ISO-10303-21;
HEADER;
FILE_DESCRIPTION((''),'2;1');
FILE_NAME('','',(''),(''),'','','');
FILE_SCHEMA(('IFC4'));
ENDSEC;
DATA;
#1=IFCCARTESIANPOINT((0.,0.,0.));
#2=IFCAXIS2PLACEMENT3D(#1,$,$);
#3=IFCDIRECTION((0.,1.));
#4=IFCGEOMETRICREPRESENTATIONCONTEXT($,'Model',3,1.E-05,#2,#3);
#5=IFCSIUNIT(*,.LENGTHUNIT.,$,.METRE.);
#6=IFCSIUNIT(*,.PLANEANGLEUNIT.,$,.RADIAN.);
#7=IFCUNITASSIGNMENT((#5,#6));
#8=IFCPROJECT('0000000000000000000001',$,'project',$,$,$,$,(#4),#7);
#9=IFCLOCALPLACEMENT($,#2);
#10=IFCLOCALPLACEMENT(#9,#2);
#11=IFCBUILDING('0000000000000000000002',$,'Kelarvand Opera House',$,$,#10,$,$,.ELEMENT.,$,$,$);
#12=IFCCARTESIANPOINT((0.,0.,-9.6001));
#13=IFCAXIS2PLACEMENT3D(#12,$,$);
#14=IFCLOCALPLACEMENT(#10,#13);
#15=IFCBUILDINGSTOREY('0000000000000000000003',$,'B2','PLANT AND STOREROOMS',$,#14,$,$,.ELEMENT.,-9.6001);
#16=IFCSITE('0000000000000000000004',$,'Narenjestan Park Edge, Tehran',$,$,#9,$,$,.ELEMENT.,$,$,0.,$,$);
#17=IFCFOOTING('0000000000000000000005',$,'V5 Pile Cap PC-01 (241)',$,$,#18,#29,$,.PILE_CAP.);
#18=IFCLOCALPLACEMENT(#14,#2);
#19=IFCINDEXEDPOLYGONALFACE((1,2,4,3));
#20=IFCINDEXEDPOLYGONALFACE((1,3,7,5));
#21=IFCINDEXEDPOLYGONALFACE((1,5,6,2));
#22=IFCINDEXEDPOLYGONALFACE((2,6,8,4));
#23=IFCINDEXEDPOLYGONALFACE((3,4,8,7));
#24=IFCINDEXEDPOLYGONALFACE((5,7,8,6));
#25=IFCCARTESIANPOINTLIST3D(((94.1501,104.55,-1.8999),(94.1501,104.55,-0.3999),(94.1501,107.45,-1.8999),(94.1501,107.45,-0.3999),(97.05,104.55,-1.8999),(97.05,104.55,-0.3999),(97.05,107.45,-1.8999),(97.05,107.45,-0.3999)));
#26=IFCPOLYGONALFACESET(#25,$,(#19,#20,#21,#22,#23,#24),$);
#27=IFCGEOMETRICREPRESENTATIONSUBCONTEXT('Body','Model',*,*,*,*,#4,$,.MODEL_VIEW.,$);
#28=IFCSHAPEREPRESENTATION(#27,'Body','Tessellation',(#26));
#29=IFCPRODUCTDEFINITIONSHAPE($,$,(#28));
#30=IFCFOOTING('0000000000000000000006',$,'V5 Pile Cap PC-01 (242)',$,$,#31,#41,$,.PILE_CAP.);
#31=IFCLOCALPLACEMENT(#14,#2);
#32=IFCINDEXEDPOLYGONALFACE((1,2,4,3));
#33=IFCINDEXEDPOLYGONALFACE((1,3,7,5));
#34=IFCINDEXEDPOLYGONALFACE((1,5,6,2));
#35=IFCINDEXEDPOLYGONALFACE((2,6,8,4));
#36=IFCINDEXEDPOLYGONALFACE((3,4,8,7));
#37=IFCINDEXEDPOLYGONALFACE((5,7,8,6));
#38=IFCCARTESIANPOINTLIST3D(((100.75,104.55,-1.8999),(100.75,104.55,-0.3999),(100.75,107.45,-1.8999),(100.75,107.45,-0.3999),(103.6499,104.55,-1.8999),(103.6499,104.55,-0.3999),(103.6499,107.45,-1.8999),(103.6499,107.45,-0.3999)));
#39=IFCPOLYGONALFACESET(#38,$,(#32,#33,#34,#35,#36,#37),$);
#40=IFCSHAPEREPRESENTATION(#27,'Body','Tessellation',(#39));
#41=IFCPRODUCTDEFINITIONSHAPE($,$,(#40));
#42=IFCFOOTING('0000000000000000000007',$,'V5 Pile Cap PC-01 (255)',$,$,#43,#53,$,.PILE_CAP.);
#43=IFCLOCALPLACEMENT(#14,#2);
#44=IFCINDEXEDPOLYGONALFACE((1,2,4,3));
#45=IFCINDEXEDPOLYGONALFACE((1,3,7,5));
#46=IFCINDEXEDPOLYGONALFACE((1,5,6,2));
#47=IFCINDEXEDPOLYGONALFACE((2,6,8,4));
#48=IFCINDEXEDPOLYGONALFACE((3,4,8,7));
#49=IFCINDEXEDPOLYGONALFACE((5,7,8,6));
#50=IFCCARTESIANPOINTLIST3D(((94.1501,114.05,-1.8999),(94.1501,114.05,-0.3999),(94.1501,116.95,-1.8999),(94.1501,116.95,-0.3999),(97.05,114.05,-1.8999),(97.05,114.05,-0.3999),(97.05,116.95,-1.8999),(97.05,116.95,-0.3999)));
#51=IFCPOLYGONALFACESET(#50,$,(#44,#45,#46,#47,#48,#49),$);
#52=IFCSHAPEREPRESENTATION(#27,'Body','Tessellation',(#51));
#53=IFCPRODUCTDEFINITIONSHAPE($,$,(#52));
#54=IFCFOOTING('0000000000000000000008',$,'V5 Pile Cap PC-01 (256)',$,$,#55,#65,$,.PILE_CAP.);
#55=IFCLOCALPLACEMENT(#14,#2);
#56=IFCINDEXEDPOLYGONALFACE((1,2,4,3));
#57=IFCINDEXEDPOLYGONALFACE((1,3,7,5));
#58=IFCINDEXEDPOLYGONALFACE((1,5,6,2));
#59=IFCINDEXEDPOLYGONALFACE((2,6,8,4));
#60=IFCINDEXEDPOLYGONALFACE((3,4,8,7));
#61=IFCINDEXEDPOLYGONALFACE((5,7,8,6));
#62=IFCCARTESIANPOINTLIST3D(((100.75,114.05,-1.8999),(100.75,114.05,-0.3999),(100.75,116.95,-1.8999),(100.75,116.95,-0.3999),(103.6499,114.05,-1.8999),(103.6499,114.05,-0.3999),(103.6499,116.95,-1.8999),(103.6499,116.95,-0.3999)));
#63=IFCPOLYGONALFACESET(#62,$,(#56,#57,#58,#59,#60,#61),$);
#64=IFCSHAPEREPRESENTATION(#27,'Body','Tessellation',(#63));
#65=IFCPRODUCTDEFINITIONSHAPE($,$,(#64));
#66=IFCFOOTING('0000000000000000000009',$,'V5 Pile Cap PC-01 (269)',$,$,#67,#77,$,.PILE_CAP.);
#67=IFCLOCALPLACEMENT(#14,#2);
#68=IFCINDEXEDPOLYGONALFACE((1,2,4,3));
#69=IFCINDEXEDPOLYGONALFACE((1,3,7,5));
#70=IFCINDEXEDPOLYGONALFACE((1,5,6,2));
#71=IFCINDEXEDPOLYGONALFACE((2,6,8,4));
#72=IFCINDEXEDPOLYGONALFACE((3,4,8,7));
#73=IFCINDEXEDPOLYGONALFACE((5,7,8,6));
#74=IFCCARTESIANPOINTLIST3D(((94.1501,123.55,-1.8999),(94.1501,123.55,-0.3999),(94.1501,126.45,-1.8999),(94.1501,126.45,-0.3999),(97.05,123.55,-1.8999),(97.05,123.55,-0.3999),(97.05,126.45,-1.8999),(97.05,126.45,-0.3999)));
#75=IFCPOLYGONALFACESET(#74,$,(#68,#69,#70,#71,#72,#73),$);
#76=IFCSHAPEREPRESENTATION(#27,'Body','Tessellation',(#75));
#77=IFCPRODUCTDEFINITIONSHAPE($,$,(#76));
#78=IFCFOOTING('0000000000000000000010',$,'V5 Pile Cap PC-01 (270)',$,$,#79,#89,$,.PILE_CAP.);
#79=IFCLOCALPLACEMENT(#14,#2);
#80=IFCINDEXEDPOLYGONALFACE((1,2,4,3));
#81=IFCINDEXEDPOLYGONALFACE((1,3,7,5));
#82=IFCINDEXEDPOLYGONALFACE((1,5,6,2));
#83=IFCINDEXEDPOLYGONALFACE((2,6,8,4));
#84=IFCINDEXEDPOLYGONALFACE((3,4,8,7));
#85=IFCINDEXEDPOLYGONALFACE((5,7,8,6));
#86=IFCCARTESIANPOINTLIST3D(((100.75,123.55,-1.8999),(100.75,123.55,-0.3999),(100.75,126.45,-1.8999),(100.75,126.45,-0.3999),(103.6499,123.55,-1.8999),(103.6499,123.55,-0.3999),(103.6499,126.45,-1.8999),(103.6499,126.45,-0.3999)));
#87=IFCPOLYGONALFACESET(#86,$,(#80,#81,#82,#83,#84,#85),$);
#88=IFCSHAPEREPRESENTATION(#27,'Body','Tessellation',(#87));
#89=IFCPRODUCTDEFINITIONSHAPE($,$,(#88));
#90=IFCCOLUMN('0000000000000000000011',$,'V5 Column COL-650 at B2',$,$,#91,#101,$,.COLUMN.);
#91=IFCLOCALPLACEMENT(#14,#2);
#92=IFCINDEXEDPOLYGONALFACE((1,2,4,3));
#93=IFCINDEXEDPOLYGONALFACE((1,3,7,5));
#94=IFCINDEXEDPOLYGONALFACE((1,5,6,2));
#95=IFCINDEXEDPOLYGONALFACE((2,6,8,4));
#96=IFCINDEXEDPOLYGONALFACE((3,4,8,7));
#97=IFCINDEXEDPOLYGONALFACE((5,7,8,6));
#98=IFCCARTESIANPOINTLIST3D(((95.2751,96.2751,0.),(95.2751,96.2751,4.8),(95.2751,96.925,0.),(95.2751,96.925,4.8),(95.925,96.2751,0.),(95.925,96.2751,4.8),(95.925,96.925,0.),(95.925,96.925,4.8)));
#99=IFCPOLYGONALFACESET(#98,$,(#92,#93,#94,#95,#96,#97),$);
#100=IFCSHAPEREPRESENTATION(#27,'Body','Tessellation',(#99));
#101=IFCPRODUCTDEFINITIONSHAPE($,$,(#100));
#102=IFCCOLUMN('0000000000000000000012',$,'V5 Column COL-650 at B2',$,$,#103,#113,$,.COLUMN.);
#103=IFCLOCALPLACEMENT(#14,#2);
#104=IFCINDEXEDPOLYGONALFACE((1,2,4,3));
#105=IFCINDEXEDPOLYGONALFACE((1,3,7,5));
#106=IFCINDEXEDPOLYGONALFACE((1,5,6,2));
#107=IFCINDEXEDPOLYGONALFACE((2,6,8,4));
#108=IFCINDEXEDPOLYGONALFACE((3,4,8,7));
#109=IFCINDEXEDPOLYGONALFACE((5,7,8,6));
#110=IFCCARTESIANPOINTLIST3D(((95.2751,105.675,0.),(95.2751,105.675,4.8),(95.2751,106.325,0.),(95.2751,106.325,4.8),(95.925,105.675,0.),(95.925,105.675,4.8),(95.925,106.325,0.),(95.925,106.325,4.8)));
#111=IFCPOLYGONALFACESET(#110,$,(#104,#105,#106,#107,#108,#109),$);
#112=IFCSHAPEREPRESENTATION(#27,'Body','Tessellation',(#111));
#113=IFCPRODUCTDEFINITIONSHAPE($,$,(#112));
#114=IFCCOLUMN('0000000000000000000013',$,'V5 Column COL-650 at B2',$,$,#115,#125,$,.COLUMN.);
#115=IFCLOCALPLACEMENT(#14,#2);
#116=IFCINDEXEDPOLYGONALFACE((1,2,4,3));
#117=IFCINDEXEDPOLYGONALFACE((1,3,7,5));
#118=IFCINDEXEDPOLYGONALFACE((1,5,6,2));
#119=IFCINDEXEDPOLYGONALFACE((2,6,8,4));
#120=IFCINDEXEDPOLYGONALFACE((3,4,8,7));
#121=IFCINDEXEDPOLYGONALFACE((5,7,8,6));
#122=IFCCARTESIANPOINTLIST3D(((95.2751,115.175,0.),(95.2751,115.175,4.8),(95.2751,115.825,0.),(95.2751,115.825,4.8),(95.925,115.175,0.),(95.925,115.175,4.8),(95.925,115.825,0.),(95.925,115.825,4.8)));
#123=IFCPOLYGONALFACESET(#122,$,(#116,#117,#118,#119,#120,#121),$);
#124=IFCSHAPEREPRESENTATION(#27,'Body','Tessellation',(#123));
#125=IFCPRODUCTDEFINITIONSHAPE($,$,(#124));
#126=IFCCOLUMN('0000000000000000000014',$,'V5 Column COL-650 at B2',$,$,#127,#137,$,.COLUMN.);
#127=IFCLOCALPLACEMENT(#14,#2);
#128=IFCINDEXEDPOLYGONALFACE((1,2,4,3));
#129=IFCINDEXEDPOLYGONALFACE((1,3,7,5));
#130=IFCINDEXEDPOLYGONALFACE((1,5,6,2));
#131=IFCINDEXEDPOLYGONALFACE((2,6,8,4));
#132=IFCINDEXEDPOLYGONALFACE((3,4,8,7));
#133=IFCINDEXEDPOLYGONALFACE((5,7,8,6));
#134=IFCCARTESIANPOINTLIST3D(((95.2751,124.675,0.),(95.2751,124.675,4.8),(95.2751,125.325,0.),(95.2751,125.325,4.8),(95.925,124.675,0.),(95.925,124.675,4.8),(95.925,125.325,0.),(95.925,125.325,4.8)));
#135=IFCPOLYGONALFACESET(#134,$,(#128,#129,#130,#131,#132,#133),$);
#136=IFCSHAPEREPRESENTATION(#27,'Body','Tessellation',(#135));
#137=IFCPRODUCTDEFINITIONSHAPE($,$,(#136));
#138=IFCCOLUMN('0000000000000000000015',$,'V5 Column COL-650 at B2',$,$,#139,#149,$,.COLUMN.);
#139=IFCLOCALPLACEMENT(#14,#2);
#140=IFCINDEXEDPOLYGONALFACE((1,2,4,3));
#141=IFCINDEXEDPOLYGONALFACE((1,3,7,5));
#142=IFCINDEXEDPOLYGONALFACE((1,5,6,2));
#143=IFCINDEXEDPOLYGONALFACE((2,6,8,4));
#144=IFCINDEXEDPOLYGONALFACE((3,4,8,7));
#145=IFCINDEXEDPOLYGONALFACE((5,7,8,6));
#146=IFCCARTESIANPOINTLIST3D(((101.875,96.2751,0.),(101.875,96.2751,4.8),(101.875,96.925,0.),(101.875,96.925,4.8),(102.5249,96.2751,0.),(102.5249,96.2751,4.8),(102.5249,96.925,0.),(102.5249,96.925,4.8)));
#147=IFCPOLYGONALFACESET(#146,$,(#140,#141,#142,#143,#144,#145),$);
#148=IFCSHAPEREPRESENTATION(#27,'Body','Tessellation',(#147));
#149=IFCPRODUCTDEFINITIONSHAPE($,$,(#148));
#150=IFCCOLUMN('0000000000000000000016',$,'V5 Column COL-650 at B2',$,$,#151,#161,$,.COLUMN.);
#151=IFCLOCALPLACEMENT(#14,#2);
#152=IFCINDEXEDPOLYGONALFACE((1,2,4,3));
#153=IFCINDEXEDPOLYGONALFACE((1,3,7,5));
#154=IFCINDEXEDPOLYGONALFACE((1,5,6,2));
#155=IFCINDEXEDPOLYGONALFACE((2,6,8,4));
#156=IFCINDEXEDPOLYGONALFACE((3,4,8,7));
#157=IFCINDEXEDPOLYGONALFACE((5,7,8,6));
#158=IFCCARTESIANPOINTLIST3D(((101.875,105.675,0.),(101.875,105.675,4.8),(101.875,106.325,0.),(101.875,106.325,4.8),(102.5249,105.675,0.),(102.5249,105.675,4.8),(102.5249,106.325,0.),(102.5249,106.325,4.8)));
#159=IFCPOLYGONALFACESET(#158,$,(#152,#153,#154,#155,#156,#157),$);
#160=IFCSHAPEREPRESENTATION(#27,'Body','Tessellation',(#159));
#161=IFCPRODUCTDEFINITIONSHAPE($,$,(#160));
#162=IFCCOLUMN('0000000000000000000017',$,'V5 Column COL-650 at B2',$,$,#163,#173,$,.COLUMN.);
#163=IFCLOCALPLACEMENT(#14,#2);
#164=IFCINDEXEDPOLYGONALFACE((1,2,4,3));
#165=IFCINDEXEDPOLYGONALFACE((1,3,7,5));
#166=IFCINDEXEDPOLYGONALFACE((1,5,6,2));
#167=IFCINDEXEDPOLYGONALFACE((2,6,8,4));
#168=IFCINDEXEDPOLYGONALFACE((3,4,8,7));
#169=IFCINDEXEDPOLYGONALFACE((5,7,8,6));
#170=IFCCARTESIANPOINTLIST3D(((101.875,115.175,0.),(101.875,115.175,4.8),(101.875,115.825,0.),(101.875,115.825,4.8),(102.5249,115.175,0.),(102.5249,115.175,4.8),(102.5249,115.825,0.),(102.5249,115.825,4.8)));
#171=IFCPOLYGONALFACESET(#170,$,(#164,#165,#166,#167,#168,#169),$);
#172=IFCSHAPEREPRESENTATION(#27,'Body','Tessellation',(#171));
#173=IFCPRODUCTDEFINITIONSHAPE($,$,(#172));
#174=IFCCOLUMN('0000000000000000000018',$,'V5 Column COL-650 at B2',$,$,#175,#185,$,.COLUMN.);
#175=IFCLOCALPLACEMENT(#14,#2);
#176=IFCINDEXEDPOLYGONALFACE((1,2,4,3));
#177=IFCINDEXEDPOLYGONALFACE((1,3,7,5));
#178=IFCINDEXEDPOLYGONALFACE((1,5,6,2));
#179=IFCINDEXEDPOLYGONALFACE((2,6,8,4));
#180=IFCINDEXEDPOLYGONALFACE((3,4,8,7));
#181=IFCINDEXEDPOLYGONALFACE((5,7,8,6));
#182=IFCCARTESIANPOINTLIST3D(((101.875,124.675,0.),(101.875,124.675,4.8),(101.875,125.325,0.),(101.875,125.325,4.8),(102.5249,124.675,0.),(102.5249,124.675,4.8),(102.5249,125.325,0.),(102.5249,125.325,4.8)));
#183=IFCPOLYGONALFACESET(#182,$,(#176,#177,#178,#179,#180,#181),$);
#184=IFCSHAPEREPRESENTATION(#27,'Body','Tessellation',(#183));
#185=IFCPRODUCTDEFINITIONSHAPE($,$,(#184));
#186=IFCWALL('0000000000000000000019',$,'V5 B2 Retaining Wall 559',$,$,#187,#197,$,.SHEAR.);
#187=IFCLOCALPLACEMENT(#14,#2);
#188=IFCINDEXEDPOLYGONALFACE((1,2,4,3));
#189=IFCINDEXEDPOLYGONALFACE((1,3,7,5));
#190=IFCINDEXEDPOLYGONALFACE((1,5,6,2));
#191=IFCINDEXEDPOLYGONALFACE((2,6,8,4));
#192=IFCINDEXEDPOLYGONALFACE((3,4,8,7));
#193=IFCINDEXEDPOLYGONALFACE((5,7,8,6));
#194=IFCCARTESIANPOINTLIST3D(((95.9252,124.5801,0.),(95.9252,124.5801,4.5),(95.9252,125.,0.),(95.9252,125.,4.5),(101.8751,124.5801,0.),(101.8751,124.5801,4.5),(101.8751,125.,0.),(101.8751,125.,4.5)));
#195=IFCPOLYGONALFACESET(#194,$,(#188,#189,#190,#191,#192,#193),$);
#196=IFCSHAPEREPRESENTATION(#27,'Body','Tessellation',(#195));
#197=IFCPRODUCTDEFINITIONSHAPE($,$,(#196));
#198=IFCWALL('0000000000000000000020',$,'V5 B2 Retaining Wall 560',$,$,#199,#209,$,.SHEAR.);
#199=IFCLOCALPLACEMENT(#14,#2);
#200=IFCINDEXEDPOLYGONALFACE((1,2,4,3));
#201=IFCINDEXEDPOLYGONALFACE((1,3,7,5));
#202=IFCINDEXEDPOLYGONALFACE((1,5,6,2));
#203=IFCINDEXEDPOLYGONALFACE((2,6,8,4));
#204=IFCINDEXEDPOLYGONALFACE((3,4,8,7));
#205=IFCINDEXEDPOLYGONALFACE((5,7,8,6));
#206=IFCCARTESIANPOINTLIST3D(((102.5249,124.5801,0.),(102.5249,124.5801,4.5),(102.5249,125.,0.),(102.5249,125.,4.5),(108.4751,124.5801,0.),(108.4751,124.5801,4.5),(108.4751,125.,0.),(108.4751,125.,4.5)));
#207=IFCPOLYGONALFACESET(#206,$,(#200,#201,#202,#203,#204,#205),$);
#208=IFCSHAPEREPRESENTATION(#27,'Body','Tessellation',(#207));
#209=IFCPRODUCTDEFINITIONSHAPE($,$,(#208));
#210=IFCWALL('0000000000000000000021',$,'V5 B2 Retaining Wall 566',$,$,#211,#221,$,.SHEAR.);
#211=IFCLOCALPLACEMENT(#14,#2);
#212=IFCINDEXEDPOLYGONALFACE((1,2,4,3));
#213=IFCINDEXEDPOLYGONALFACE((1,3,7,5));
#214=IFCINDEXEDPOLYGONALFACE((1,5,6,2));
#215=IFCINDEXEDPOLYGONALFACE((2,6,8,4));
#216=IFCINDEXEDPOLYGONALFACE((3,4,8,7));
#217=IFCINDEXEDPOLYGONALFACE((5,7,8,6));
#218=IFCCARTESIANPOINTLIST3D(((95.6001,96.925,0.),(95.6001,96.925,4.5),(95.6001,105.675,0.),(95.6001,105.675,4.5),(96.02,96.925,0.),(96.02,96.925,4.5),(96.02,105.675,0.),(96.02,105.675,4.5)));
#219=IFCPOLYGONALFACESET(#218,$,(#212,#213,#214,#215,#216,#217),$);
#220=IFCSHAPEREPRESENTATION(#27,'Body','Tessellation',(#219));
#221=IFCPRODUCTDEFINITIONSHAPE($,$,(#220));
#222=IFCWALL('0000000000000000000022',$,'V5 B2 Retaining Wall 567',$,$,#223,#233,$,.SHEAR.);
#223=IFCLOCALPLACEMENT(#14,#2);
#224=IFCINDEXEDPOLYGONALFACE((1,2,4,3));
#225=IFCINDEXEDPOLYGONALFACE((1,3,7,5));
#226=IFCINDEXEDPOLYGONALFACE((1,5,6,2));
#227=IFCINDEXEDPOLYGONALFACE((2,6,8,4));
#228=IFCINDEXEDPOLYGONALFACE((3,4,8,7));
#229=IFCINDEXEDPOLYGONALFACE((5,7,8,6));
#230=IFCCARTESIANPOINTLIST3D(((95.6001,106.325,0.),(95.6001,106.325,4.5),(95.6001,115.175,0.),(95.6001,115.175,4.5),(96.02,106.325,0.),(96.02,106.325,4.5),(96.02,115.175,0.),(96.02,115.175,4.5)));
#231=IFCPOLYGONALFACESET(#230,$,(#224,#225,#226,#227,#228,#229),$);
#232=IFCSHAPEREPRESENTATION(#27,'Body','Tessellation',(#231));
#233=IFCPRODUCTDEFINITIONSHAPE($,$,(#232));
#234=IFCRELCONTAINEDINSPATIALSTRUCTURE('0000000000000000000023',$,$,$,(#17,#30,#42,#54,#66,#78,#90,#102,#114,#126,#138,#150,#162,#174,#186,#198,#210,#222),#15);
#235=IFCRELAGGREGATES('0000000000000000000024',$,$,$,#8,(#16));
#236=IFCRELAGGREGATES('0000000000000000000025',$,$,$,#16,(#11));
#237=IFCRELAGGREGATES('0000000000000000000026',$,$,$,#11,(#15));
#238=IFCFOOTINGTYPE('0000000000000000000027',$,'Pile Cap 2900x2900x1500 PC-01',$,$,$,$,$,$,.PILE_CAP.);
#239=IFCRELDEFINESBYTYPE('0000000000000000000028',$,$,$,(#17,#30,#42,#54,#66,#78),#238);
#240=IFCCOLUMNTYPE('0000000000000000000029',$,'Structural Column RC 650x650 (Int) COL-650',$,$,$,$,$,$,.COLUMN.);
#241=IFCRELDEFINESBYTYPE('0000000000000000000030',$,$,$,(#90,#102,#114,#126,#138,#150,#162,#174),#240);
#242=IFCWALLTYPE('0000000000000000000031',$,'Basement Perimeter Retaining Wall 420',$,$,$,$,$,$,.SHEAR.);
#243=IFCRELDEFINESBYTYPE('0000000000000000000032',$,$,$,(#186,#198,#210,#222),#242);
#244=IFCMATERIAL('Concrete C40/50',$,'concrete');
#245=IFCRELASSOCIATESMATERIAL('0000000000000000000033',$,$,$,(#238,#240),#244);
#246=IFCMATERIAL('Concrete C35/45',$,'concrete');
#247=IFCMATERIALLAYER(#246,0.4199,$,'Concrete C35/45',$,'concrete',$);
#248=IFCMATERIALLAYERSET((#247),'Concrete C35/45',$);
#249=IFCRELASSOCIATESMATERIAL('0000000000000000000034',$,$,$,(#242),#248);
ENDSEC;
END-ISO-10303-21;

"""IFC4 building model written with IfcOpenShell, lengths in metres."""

from ifc_helpers import new_model, si_unit, direction, frame, frame_2d, origin, origin_2d, place, context, subcontext, project, spatial, rectangle, extrude, material, layer, layer_set, material_profile, profile_set, type_object, element, save


model = new_model("IFC4")

# Units and contexts
model_context = context("Model", 3, precision=1e-05, world=origin(), true_north=direction((0.0, 1.0)))
body_context = subcontext(model_context, "Body", "Model", "MODEL_VIEW")
ifc_project = project(units=[si_unit("LENGTHUNIT", "METRE"), si_unit("PLANEANGLEUNIT", "RADIAN")], contexts=[model_context])

# Site, building, storey
site_placement = place(None, origin())
site = spatial("IfcSite", under=ifc_project, at=site_placement, Name="Narenjestan Park Edge, Tehran", CompositionType="ELEMENT", RefElevation=0.0)
building_placement = place(site_placement, origin())
building = spatial("IfcBuilding", under=site, at=building_placement, Name="Kelarvand Opera House", CompositionType="ELEMENT")
storey_placement = place(building_placement, frame((0.0, 0.0, -9.6001)))
storey = spatial("IfcBuildingStorey", under=building, at=storey_placement, Name="B2", Description="PLANT AND STOREROOMS", CompositionType="ELEMENT", Elevation=-9.6001)

# Shared definitions
ifc_material_1 = material(Name="Concrete C40/50", Category="concrete")

# Footings
footing_type = type_object("IfcFootingType", Name="Pile Cap 2900x2900x1500 PC-01", PredefinedType="PILE_CAP", material=ifc_material_1)
for number, where, z_axis, x_axis, name in (
    (1, (95.6001, 106.0, -1.8999), (0.0, 0.0, 1.0), (1.0, 0.0, 0.0), "V5 Pile Cap PC-01 (241)"),
    (2, (102.2, 106.0, -1.8999), (0.0, 0.0, 1.0), (1.0, 0.0, 0.0), "V5 Pile Cap PC-01 (242)"),
    (3, (95.6001, 115.5, -1.8999), (0.0, 0.0, 1.0), (1.0, 0.0, 0.0), "V5 Pile Cap PC-01 (255)"),
    (4, (102.2, 115.5, -1.8999), (0.0, 0.0, 1.0), (1.0, 0.0, 0.0), "V5 Pile Cap PC-01 (256)"),
    (5, (95.6001, 125.0, -1.8999), (0.0, 0.0, 1.0), (1.0, 0.0, 0.0), "V5 Pile Cap PC-01 (269)"),
    (6, (102.2, 125.0, -1.8999), (0.0, 0.0, 1.0), (1.0, 0.0, 0.0), "V5 Pile Cap PC-01 (270)"),
):
    element("IfcFooting", number, at=place(storey_placement, frame(where, z_axis=z_axis, x_axis=x_axis)), inside=storey, type_object=footing_type, Name=name, PredefinedType="PILE_CAP", context=body_context, shape_type="SweptSolid", body=[
        extrude(rectangle(XDim=2.8999, YDim=2.8999, at=origin_2d()), origin(), (0.0, 0.0, 1.0), 1.5),
    ])

# Columns
ifc_material_profile_1 = material_profile(ifc_material_1, rectangle(XDim=0.6499, YDim=0.6499, at=origin_2d()), Name="RC 650x650", Category="concrete")
ifc_profile_set_1 = profile_set([ifc_material_profile_1], Name="Concrete C40/50")
column_type = type_object("IfcColumnType", Name="Structural Column RC 650x650 (Int) COL-650", PredefinedType="COLUMN", material=ifc_profile_set_1)
for number, where, z_axis, x_axis, name in (
    (7, (95.6001, 96.6001, 0.0), (0.0, 0.0, 1.0), (1.0, 0.0, 0.0), "V5 Column COL-650 at B2"),
    (8, (95.6001, 106.0, 0.0), (0.0, 0.0, 1.0), (1.0, 0.0, 0.0), "V5 Column COL-650 at B2"),
    (9, (95.6001, 115.5, 0.0), (0.0, 0.0, 1.0), (1.0, 0.0, 0.0), "V5 Column COL-650 at B2"),
    (10, (95.6001, 125.0, 0.0), (0.0, 0.0, 1.0), (1.0, 0.0, 0.0), "V5 Column COL-650 at B2"),
    (11, (102.2, 96.6001, 0.0), (0.0, 0.0, 1.0), (1.0, 0.0, 0.0), "V5 Column COL-650 at B2"),
    (12, (102.2, 106.0, 0.0), (0.0, 0.0, 1.0), (1.0, 0.0, 0.0), "V5 Column COL-650 at B2"),
    (13, (102.2, 115.5, 0.0), (0.0, 0.0, 1.0), (1.0, 0.0, 0.0), "V5 Column COL-650 at B2"),
    (14, (102.2, 125.0, 0.0), (0.0, 0.0, 1.0), (1.0, 0.0, 0.0), "V5 Column COL-650 at B2"),
):
    element("IfcColumn", number, at=place(storey_placement, frame(where, z_axis=z_axis, x_axis=x_axis)), inside=storey, type_object=column_type, Name=name, PredefinedType="COLUMN", context=body_context, shape_type="SweptSolid", body=[
        extrude(rectangle(XDim=0.6499, YDim=0.6499, at=origin_2d()), origin(), (0.0, 0.0, 1.0), 4.8),
    ])

# Walls
ifc_material_2 = material(Name="Concrete C35/45", Category="concrete")
ifc_layer = layer(ifc_material_2, 0.4199, Name="Concrete C35/45", Category="concrete")
ifc_layer_set = layer_set([ifc_layer], Name="Concrete C35/45")
wall_type = type_object("IfcWallType", Name="Basement Perimeter Retaining Wall 420", PredefinedType="SHEAR", material=ifc_layer_set)
wall_1_placement = place(storey_placement, frame((95.925, 124.79, 0.0), z_axis=(0.0, 0.0, 1.0), x_axis=(1.0, 0.0, 0.0)))
element("IfcWall", 15, at=wall_1_placement, inside=storey, type_object=wall_type, Name="V5 B2 Retaining Wall 559", PredefinedType="SHEAR", context=body_context, shape_type="SweptSolid", body=[
    extrude(rectangle(XDim=5.95, YDim=0.4199, at=frame_2d((2.9751, 0.0))), origin(), (0.0, 0.0, 1.0), 4.5),
])
wall_2_placement = place(storey_placement, frame((102.5249, 124.79, 0.0), z_axis=(0.0, 0.0, 1.0), x_axis=(1.0, 0.0, 0.0)))
element("IfcWall", 16, at=wall_2_placement, inside=storey, type_object=wall_type, Name="V5 B2 Retaining Wall 560", PredefinedType="SHEAR", context=body_context, shape_type="SweptSolid", body=[
    extrude(rectangle(XDim=5.9502, YDim=0.4199, at=frame_2d((2.9751, 0.0))), origin(), (0.0, 0.0, 1.0), 4.5),
])
wall_3_placement = place(storey_placement, frame((95.8101, 96.925, 0.0), z_axis=(0.0, 0.0, 1.0), x_axis=(0.0, 1.0, 0.0)))
element("IfcWall", 17, at=wall_3_placement, inside=storey, type_object=wall_type, Name="V5 B2 Retaining Wall 566", PredefinedType="SHEAR", context=body_context, shape_type="SweptSolid", body=[
    extrude(rectangle(XDim=8.75, YDim=0.4199, at=frame_2d((4.375, 0.0))), origin(), (0.0, 0.0, 1.0), 4.5),
])
for number, where, z_axis, x_axis, name in (
    (18, (95.8101, 106.325, 0.0), (0.0, 0.0, 1.0), (0.0, 1.0, 0.0), "V5 B2 Retaining Wall 567"),
):
    element("IfcWall", number, at=place(storey_placement, frame(where, z_axis=z_axis, x_axis=x_axis)), inside=storey, type_object=wall_type, Name=name, PredefinedType="SHEAR", context=body_context, shape_type="SweptSolid", body=[
        extrude(rectangle(XDim=8.8501, YDim=0.4199, at=frame_2d((4.425, 0.0))), origin(), (0.0, 0.0, 1.0), 4.5),
    ])

save(model, "model.ifc")
